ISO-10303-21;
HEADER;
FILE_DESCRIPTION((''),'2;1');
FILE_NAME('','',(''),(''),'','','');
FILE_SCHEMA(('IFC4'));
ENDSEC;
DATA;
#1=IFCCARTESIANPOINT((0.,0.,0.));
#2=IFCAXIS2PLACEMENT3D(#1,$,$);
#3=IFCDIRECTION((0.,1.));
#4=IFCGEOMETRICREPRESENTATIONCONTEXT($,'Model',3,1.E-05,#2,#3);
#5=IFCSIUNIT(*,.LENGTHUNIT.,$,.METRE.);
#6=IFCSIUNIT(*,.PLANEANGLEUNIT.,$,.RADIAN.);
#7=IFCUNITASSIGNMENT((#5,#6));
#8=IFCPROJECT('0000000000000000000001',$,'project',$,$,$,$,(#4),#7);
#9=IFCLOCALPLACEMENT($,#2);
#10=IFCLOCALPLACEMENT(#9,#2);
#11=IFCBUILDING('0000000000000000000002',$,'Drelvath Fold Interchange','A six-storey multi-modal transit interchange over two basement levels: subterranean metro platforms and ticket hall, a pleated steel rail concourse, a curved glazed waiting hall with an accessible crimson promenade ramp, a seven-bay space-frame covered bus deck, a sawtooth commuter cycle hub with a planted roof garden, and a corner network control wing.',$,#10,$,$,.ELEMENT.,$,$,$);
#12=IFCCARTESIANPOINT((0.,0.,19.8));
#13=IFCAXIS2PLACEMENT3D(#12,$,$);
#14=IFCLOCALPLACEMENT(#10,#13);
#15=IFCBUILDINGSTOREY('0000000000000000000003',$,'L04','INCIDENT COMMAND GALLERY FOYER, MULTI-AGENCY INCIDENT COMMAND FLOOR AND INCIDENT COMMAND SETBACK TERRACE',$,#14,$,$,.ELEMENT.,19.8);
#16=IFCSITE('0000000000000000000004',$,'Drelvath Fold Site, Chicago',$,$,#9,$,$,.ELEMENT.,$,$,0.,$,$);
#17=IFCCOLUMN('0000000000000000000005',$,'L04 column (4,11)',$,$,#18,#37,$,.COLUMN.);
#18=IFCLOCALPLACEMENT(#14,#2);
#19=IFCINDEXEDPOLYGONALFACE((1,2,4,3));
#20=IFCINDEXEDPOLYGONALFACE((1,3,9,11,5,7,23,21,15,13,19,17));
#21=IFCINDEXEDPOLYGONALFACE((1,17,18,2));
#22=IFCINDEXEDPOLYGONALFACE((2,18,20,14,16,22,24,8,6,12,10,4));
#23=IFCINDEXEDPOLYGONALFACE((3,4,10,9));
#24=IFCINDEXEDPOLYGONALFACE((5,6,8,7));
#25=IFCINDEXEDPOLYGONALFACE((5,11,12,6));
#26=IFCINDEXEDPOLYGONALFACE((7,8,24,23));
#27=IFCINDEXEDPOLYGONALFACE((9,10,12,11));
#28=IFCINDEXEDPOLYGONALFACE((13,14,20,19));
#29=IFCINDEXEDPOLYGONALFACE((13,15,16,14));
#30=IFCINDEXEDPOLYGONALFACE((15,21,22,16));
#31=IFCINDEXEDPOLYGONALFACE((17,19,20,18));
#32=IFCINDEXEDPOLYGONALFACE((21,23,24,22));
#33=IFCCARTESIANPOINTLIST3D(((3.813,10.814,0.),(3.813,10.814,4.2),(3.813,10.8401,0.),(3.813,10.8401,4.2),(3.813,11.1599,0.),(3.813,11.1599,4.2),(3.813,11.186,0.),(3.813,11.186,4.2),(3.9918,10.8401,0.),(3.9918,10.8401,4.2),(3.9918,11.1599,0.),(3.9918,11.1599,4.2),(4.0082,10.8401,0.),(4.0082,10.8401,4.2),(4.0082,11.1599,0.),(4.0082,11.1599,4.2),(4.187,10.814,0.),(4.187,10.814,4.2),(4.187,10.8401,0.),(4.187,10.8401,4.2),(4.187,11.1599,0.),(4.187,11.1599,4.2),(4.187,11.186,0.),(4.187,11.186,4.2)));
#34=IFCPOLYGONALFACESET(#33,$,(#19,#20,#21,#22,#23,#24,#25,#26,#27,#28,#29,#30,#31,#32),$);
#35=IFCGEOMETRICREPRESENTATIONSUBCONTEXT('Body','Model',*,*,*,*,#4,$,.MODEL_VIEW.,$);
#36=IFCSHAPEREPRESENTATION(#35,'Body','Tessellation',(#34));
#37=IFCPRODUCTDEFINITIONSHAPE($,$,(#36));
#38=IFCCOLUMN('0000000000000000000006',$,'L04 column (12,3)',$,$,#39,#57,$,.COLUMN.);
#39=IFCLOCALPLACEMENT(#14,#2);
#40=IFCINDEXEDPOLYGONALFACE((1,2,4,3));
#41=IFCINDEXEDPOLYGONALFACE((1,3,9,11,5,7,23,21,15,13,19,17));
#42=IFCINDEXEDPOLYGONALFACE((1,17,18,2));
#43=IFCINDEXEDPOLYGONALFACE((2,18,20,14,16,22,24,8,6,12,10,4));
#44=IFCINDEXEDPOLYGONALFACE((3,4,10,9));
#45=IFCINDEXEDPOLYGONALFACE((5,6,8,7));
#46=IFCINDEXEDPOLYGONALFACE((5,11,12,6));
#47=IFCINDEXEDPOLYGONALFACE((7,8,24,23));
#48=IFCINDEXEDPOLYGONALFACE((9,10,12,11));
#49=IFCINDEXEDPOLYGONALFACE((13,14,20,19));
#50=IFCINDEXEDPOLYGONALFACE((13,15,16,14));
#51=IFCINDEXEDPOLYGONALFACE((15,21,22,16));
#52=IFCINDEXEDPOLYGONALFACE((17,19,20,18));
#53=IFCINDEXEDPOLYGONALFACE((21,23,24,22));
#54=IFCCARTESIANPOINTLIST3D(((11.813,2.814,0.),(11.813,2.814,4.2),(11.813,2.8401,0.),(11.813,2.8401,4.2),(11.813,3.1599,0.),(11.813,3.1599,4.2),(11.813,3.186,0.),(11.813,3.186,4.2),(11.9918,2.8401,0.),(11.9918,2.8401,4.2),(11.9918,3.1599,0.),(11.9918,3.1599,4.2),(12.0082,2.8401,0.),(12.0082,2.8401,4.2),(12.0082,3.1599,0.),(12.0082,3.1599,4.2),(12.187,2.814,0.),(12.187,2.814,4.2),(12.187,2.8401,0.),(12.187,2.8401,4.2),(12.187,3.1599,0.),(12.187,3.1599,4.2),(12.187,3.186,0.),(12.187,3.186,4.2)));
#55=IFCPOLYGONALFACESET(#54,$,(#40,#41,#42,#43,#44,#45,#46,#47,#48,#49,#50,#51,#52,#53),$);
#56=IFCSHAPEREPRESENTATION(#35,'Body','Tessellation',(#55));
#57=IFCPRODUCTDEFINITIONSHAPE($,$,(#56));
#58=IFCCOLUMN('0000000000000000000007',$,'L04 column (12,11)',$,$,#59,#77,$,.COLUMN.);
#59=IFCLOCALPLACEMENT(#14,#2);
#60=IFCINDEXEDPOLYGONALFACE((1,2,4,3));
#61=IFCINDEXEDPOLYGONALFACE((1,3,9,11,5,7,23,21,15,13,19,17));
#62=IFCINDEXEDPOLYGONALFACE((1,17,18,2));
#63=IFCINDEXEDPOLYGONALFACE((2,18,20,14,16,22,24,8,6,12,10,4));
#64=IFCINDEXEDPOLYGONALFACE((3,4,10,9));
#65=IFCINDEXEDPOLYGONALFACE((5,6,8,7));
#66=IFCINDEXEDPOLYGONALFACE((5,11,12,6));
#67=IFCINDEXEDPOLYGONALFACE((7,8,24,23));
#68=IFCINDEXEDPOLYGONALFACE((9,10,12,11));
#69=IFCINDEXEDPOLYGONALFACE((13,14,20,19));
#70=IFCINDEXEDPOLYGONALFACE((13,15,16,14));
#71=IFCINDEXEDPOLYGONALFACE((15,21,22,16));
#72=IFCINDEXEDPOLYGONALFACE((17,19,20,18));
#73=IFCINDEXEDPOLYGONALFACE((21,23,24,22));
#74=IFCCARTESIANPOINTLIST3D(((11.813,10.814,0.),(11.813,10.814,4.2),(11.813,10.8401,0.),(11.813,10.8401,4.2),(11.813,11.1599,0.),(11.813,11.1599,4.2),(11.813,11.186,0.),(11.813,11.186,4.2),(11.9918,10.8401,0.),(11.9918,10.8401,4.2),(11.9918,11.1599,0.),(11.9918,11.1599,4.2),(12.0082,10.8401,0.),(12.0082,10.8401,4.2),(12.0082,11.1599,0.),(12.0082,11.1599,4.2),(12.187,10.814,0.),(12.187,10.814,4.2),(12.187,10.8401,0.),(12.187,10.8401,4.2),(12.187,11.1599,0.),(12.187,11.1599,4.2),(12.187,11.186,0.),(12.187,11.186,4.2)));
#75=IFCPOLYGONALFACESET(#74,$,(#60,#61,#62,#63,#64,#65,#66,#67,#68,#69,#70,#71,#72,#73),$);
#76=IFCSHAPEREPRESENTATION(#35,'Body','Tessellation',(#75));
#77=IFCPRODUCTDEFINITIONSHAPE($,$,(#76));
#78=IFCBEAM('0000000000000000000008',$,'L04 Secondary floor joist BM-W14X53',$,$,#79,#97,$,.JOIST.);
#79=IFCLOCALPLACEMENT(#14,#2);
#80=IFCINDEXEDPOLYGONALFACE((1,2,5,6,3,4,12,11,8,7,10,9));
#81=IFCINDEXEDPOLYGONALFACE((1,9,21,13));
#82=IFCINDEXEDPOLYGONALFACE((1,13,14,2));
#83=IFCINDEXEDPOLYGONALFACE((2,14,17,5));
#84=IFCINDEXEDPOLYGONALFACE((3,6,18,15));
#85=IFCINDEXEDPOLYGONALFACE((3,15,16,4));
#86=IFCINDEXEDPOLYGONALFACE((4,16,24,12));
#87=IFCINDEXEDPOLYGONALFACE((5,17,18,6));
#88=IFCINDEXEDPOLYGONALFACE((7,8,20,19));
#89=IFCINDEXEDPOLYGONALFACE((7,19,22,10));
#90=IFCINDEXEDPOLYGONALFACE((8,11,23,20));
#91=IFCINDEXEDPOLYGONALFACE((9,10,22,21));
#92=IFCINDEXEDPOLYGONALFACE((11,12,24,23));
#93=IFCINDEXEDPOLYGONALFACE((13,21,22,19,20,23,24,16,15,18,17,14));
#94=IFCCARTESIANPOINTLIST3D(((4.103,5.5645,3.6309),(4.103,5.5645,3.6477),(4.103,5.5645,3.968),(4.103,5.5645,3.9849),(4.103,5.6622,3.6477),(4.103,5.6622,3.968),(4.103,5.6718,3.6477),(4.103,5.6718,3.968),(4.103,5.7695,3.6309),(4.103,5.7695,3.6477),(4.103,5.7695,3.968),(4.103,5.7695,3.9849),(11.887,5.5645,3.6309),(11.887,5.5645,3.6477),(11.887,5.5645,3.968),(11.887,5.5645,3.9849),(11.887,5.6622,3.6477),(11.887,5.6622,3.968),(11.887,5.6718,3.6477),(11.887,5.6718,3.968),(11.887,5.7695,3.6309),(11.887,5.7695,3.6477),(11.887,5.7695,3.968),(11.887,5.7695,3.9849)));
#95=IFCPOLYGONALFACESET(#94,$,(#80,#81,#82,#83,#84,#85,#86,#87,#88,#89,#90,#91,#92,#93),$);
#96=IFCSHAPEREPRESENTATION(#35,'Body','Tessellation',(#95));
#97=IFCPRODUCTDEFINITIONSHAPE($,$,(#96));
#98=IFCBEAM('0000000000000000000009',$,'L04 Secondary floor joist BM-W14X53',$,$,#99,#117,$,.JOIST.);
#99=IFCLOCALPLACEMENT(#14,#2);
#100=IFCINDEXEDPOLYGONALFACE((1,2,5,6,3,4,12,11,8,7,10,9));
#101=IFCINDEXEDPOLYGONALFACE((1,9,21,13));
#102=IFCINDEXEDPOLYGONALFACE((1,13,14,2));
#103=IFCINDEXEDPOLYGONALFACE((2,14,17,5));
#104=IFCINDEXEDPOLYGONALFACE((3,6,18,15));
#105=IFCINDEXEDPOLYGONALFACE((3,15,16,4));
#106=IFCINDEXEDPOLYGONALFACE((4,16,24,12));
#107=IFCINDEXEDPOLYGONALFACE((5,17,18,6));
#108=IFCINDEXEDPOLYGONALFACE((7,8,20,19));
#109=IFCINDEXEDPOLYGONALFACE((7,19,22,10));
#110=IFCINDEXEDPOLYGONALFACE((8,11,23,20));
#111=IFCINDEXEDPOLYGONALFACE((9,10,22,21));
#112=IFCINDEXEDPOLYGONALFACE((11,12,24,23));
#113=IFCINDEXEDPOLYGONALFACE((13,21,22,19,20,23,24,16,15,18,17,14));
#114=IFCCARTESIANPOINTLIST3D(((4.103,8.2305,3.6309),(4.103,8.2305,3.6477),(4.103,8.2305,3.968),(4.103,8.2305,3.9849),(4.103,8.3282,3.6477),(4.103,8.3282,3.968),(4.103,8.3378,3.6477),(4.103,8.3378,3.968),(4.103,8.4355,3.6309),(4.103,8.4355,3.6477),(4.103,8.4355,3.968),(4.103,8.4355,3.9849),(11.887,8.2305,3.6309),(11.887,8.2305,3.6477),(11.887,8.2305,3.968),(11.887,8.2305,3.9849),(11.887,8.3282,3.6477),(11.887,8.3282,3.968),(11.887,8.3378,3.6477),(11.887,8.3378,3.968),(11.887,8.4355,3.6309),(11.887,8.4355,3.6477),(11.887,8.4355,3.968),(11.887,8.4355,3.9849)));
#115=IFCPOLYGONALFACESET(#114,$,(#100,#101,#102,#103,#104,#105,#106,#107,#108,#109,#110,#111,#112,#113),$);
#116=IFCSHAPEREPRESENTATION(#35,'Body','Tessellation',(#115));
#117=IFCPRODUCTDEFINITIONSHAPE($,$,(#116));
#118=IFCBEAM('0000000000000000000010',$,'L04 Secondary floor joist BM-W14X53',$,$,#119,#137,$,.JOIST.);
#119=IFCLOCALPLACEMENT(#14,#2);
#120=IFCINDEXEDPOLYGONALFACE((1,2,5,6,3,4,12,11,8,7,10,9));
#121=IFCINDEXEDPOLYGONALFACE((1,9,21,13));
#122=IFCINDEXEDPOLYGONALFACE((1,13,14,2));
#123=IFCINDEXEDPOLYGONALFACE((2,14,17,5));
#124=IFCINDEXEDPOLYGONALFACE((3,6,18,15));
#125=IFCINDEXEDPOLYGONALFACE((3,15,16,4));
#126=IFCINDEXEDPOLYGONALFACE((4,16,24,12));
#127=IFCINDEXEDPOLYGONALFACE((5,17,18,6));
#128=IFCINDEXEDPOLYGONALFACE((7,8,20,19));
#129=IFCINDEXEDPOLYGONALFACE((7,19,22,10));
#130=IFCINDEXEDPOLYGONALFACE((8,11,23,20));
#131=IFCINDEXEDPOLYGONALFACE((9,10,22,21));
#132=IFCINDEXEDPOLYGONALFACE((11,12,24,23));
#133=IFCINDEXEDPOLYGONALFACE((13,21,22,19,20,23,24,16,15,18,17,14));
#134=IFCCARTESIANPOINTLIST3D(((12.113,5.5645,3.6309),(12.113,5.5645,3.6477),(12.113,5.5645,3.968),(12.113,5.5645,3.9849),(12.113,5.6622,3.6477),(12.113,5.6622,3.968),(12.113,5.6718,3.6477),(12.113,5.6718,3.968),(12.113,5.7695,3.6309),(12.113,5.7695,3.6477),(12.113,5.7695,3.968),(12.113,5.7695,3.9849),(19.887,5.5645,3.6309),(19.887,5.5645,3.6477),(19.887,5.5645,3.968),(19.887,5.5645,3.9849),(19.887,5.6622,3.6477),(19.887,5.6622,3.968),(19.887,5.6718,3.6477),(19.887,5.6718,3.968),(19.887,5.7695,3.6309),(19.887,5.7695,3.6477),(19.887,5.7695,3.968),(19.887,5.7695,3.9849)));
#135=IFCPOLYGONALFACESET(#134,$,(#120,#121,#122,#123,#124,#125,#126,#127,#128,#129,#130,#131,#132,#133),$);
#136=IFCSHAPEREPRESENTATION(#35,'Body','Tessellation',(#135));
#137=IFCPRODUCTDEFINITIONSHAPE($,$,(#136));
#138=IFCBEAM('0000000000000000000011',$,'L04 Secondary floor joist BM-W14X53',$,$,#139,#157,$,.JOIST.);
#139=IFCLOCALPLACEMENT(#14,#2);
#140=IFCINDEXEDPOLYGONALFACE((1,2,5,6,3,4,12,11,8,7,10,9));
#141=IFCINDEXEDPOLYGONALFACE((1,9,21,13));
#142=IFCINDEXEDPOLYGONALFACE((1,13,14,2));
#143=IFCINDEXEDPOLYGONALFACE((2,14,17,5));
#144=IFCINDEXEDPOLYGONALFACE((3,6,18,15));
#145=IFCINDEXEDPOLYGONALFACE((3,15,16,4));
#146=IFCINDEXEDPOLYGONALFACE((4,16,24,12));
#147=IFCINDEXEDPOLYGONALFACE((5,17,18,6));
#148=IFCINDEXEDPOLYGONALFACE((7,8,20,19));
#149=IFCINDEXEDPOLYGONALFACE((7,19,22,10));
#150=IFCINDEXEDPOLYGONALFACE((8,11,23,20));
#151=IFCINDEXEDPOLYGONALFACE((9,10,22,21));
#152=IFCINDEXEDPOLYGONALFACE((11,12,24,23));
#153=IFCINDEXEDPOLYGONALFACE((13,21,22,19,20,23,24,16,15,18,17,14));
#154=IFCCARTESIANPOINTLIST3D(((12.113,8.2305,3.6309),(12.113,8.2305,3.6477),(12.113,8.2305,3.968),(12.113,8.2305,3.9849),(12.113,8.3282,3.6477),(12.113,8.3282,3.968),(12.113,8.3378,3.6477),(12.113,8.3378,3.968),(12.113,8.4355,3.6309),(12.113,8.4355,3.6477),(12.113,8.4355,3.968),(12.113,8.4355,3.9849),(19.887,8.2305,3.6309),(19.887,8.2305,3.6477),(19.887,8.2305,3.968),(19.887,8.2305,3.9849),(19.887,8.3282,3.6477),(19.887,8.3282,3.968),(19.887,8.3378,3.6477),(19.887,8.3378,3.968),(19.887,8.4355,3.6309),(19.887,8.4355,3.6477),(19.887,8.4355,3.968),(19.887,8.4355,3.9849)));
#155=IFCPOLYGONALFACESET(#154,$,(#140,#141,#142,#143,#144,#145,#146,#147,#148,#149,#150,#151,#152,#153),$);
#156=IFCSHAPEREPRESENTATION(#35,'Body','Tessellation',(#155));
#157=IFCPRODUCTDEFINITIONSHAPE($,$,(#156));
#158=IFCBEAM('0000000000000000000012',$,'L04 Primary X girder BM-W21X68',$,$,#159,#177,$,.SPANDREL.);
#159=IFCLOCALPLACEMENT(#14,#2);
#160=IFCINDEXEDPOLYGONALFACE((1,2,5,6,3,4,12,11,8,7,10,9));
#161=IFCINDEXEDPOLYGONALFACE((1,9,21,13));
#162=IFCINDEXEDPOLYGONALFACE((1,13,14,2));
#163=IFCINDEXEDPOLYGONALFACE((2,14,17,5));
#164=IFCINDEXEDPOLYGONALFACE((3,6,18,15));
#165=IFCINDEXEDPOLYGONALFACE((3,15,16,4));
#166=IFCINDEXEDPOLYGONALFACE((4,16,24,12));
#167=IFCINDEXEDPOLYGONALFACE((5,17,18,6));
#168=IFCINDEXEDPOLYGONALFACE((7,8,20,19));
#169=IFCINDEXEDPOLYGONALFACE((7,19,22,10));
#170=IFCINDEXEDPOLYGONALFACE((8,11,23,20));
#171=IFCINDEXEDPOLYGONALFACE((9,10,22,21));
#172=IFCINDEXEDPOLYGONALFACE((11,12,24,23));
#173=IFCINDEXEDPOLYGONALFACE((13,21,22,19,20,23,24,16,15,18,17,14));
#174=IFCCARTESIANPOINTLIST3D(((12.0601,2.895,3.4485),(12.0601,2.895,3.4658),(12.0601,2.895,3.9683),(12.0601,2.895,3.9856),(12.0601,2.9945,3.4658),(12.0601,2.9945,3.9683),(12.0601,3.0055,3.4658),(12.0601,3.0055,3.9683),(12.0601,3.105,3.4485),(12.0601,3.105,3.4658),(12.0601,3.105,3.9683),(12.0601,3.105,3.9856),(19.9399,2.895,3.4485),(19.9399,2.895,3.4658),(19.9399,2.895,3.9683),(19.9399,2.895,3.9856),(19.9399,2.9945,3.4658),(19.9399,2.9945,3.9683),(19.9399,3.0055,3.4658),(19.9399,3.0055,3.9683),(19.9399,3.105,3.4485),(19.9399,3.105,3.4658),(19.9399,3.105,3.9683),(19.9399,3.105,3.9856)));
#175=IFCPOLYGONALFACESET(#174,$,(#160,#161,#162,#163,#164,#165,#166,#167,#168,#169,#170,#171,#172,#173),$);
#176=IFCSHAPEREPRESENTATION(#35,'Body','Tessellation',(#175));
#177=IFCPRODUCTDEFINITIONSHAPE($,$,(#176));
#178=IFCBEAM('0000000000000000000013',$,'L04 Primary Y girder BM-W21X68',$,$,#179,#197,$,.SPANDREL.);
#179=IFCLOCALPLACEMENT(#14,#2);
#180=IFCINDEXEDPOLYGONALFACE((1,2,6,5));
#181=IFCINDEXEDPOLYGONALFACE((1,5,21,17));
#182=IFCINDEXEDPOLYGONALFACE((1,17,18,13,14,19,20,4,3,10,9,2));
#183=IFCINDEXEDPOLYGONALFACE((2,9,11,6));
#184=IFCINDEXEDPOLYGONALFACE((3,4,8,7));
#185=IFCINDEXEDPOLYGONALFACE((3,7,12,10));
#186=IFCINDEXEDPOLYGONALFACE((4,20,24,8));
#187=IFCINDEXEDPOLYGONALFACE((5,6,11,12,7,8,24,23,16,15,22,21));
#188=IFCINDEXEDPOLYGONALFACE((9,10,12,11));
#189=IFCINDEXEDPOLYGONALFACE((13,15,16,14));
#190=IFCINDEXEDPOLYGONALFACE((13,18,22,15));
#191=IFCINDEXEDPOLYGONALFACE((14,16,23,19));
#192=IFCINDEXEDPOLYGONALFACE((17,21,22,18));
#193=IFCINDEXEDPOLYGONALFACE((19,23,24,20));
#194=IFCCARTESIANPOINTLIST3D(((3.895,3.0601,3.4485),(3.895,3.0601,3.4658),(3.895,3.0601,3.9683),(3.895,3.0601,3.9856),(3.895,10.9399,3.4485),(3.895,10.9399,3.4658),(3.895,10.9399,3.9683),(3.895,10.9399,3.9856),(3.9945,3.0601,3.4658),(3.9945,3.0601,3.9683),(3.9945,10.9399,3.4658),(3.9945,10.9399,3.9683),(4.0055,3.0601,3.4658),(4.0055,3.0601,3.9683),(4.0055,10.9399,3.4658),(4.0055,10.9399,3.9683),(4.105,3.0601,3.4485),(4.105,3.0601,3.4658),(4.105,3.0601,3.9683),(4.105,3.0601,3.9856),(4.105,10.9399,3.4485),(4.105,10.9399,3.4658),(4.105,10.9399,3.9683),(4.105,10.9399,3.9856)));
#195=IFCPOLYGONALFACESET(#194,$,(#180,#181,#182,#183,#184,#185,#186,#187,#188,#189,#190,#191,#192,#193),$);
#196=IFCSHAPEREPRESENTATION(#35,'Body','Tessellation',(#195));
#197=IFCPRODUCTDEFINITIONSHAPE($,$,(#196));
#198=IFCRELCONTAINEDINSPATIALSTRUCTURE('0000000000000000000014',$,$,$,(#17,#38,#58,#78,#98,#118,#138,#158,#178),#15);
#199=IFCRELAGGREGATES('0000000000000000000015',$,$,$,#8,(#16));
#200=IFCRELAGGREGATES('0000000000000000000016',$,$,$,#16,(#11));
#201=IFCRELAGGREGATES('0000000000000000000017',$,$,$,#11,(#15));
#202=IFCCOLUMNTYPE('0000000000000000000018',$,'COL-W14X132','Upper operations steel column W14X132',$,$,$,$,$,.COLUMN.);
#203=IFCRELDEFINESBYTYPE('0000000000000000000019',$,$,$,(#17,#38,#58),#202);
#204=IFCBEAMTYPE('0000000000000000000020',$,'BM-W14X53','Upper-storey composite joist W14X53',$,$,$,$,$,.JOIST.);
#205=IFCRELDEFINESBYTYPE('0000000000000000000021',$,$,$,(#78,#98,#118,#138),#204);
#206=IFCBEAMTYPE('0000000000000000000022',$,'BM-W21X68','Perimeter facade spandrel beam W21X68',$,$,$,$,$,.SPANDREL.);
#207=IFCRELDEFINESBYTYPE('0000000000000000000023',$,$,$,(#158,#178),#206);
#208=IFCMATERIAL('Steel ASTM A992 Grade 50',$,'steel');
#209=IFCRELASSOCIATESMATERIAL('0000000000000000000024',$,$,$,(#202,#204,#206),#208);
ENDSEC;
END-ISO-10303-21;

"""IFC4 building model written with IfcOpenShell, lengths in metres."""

from ifc_helpers import new_model, si_unit, direction, frame, origin, origin_2d, place, context, subcontext, project, spatial, i_section, extrude, material, material_profile, profile_set, type_object, element, save


model = new_model("IFC4")

# Units and contexts
model_context = context("Model", 3, precision=1e-05, world=origin(), true_north=direction((0.0, 1.0)))
body_context = subcontext(model_context, "Body", "Model", "MODEL_VIEW")
ifc_project = project(units=[si_unit("LENGTHUNIT", "METRE"), si_unit("PLANEANGLEUNIT", "RADIAN")], contexts=[model_context])

# Site, building, storey
site_placement = place(None, origin())
site = spatial("IfcSite", under=ifc_project, at=site_placement, Name="Drelvath Fold Site, Chicago", CompositionType="ELEMENT", RefElevation=0.0)
building_placement = place(site_placement, origin())
building = spatial("IfcBuilding", under=site, at=building_placement, Name="Drelvath Fold Interchange", Description="A six-storey multi-modal transit interchange over two basement levels: subterranean metro platforms and ticket hall, a pleated steel rail concourse, a curved glazed waiting hall with an accessible crimson promenade ramp, a seven-bay space-frame covered bus deck, a sawtooth commuter cycle hub with a planted roof garden, and a corner network control wing.", CompositionType="ELEMENT")
storey_placement = place(building_placement, frame((0.0, 0.0, 19.8)))
storey = spatial("IfcBuildingStorey", under=building, at=storey_placement, Name="L04", Description="INCIDENT COMMAND GALLERY FOYER, MULTI-AGENCY INCIDENT COMMAND FLOOR AND INCIDENT COMMAND SETBACK TERRACE", CompositionType="ELEMENT", Elevation=19.8)

# Columns
ifc_material_1 = material(Name="Steel ASTM A992 Grade 50", Category="steel")
ifc_material_profile_1 = material_profile(ifc_material_1, i_section(OverallWidth=0.374, OverallDepth=0.3721, WebThickness=0.0164, FlangeThickness=0.0261, at=origin_2d()), Name="W14X132")
ifc_profile_set_1 = profile_set([ifc_material_profile_1], Name="Steel ASTM A992 Grade 50")
column_type = type_object("IfcColumnType", Name="COL-W14X132", Description="Upper operations steel column W14X132", PredefinedType="COLUMN", material=ifc_profile_set_1)
for number, where, z_axis, x_axis, name in (
    (1, (4.0, 11.0, 0.0), (0.0, 0.0, 1.0), (1.0, 0.0, 0.0), "L04 column (4,11)"),
    (2, (12.0, 3.0, 0.0), (0.0, 0.0, 1.0), (1.0, 0.0, 0.0), "L04 column (12,3)"),
    (3, (12.0, 11.0, 0.0), (0.0, 0.0, 1.0), (1.0, 0.0, 0.0), "L04 column (12,11)"),
):
    element("IfcColumn", number, at=place(storey_placement, frame(where, z_axis=z_axis, x_axis=x_axis)), inside=storey, type_object=column_type, Name=name, PredefinedType="COLUMN", context=body_context, shape_type="SweptSolid", body=[
        extrude(i_section(OverallWidth=0.374, OverallDepth=0.3721, WebThickness=0.0164, FlangeThickness=0.0261, at=origin_2d()), origin(), (0.0, 0.0, 1.0), 4.2),
    ])

# Beams
ifc_material_profile_2 = material_profile(ifc_material_1, i_section(OverallWidth=0.2051, OverallDepth=0.354, WebThickness=0.0095, FlangeThickness=0.0168, at=origin_2d()), Name="W14X53")
ifc_profile_set_2 = profile_set([ifc_material_profile_2], Name="Steel ASTM A992 Grade 50")
beam_type_1 = type_object("IfcBeamType", Name="BM-W14X53", Description="Upper-storey composite joist W14X53", PredefinedType="JOIST", material=ifc_profile_set_2)
for number, where, z_axis, x_axis, name in (
    (4, (4.103, 5.667, 3.8079), (1.0, 0.0, 0.0), (0.0, 1.0, 0.0), "L04 Secondary floor joist BM-W14X53"),
    (5, (4.103, 8.333, 3.8079), (1.0, 0.0, 0.0), (0.0, 1.0, 0.0), "L04 Secondary floor joist BM-W14X53"),
):
    element("IfcBeam", number, at=place(storey_placement, frame(where, z_axis=z_axis, x_axis=x_axis)), inside=storey, type_object=beam_type_1, Name=name, PredefinedType="JOIST", context=body_context, shape_type="SweptSolid", body=[
        extrude(i_section(OverallWidth=0.2051, OverallDepth=0.354, WebThickness=0.0095, FlangeThickness=0.0168, at=origin_2d()), origin(), (0.0, 0.0, 1.0), 7.7839),
    ])
for number, where, z_axis, x_axis, name in (
    (6, (12.113, 5.667, 3.8079), (1.0, 0.0, 0.0), (0.0, 1.0, 0.0), "L04 Secondary floor joist BM-W14X53"),
    (7, (12.113, 8.333, 3.8079), (1.0, 0.0, 0.0), (0.0, 1.0, 0.0), "L04 Secondary floor joist BM-W14X53"),
):
    element("IfcBeam", number, at=place(storey_placement, frame(where, z_axis=z_axis, x_axis=x_axis)), inside=storey, type_object=beam_type_1, Name=name, PredefinedType="JOIST", context=body_context, shape_type="SweptSolid", body=[
        extrude(i_section(OverallWidth=0.2051, OverallDepth=0.354, WebThickness=0.0095, FlangeThickness=0.0168, at=origin_2d()), origin(), (0.0, 0.0, 1.0), 7.7739),
    ])
ifc_material_profile_3 = material_profile(ifc_material_1, i_section(OverallWidth=0.21, OverallDepth=0.5371, WebThickness=0.011, FlangeThickness=0.0173, at=origin_2d()), Name="W21X68")
ifc_profile_set_3 = profile_set([ifc_material_profile_3], Name="Steel ASTM A992 Grade 50")
beam_type_2 = type_object("IfcBeamType", Name="BM-W21X68", Description="Perimeter facade spandrel beam W21X68", PredefinedType="SPANDREL", material=ifc_profile_set_3)
for number, where, z_axis, x_axis, name in (
    (8, (12.0601, 3.0, 3.717), (1.0, 0.0, 0.0), (0.0, 1.0, 0.0), "L04 Primary X girder BM-W21X68"),
    (9, (4.0, 3.0601, 3.717), (0.0, 1.0, 0.0), (-1.0, 0.0, 0.0), "L04 Primary Y girder BM-W21X68"),
):
    element("IfcBeam", number, at=place(storey_placement, frame(where, z_axis=z_axis, x_axis=x_axis)), inside=storey, type_object=beam_type_2, Name=name, PredefinedType="SPANDREL", context=body_context, shape_type="SweptSolid", body=[
        extrude(i_section(OverallWidth=0.21, OverallDepth=0.5371, WebThickness=0.011, FlangeThickness=0.0173, at=origin_2d()), origin(), (0.0, 0.0, 1.0), 7.8799),
    ])

save(model, "model.ifc")
